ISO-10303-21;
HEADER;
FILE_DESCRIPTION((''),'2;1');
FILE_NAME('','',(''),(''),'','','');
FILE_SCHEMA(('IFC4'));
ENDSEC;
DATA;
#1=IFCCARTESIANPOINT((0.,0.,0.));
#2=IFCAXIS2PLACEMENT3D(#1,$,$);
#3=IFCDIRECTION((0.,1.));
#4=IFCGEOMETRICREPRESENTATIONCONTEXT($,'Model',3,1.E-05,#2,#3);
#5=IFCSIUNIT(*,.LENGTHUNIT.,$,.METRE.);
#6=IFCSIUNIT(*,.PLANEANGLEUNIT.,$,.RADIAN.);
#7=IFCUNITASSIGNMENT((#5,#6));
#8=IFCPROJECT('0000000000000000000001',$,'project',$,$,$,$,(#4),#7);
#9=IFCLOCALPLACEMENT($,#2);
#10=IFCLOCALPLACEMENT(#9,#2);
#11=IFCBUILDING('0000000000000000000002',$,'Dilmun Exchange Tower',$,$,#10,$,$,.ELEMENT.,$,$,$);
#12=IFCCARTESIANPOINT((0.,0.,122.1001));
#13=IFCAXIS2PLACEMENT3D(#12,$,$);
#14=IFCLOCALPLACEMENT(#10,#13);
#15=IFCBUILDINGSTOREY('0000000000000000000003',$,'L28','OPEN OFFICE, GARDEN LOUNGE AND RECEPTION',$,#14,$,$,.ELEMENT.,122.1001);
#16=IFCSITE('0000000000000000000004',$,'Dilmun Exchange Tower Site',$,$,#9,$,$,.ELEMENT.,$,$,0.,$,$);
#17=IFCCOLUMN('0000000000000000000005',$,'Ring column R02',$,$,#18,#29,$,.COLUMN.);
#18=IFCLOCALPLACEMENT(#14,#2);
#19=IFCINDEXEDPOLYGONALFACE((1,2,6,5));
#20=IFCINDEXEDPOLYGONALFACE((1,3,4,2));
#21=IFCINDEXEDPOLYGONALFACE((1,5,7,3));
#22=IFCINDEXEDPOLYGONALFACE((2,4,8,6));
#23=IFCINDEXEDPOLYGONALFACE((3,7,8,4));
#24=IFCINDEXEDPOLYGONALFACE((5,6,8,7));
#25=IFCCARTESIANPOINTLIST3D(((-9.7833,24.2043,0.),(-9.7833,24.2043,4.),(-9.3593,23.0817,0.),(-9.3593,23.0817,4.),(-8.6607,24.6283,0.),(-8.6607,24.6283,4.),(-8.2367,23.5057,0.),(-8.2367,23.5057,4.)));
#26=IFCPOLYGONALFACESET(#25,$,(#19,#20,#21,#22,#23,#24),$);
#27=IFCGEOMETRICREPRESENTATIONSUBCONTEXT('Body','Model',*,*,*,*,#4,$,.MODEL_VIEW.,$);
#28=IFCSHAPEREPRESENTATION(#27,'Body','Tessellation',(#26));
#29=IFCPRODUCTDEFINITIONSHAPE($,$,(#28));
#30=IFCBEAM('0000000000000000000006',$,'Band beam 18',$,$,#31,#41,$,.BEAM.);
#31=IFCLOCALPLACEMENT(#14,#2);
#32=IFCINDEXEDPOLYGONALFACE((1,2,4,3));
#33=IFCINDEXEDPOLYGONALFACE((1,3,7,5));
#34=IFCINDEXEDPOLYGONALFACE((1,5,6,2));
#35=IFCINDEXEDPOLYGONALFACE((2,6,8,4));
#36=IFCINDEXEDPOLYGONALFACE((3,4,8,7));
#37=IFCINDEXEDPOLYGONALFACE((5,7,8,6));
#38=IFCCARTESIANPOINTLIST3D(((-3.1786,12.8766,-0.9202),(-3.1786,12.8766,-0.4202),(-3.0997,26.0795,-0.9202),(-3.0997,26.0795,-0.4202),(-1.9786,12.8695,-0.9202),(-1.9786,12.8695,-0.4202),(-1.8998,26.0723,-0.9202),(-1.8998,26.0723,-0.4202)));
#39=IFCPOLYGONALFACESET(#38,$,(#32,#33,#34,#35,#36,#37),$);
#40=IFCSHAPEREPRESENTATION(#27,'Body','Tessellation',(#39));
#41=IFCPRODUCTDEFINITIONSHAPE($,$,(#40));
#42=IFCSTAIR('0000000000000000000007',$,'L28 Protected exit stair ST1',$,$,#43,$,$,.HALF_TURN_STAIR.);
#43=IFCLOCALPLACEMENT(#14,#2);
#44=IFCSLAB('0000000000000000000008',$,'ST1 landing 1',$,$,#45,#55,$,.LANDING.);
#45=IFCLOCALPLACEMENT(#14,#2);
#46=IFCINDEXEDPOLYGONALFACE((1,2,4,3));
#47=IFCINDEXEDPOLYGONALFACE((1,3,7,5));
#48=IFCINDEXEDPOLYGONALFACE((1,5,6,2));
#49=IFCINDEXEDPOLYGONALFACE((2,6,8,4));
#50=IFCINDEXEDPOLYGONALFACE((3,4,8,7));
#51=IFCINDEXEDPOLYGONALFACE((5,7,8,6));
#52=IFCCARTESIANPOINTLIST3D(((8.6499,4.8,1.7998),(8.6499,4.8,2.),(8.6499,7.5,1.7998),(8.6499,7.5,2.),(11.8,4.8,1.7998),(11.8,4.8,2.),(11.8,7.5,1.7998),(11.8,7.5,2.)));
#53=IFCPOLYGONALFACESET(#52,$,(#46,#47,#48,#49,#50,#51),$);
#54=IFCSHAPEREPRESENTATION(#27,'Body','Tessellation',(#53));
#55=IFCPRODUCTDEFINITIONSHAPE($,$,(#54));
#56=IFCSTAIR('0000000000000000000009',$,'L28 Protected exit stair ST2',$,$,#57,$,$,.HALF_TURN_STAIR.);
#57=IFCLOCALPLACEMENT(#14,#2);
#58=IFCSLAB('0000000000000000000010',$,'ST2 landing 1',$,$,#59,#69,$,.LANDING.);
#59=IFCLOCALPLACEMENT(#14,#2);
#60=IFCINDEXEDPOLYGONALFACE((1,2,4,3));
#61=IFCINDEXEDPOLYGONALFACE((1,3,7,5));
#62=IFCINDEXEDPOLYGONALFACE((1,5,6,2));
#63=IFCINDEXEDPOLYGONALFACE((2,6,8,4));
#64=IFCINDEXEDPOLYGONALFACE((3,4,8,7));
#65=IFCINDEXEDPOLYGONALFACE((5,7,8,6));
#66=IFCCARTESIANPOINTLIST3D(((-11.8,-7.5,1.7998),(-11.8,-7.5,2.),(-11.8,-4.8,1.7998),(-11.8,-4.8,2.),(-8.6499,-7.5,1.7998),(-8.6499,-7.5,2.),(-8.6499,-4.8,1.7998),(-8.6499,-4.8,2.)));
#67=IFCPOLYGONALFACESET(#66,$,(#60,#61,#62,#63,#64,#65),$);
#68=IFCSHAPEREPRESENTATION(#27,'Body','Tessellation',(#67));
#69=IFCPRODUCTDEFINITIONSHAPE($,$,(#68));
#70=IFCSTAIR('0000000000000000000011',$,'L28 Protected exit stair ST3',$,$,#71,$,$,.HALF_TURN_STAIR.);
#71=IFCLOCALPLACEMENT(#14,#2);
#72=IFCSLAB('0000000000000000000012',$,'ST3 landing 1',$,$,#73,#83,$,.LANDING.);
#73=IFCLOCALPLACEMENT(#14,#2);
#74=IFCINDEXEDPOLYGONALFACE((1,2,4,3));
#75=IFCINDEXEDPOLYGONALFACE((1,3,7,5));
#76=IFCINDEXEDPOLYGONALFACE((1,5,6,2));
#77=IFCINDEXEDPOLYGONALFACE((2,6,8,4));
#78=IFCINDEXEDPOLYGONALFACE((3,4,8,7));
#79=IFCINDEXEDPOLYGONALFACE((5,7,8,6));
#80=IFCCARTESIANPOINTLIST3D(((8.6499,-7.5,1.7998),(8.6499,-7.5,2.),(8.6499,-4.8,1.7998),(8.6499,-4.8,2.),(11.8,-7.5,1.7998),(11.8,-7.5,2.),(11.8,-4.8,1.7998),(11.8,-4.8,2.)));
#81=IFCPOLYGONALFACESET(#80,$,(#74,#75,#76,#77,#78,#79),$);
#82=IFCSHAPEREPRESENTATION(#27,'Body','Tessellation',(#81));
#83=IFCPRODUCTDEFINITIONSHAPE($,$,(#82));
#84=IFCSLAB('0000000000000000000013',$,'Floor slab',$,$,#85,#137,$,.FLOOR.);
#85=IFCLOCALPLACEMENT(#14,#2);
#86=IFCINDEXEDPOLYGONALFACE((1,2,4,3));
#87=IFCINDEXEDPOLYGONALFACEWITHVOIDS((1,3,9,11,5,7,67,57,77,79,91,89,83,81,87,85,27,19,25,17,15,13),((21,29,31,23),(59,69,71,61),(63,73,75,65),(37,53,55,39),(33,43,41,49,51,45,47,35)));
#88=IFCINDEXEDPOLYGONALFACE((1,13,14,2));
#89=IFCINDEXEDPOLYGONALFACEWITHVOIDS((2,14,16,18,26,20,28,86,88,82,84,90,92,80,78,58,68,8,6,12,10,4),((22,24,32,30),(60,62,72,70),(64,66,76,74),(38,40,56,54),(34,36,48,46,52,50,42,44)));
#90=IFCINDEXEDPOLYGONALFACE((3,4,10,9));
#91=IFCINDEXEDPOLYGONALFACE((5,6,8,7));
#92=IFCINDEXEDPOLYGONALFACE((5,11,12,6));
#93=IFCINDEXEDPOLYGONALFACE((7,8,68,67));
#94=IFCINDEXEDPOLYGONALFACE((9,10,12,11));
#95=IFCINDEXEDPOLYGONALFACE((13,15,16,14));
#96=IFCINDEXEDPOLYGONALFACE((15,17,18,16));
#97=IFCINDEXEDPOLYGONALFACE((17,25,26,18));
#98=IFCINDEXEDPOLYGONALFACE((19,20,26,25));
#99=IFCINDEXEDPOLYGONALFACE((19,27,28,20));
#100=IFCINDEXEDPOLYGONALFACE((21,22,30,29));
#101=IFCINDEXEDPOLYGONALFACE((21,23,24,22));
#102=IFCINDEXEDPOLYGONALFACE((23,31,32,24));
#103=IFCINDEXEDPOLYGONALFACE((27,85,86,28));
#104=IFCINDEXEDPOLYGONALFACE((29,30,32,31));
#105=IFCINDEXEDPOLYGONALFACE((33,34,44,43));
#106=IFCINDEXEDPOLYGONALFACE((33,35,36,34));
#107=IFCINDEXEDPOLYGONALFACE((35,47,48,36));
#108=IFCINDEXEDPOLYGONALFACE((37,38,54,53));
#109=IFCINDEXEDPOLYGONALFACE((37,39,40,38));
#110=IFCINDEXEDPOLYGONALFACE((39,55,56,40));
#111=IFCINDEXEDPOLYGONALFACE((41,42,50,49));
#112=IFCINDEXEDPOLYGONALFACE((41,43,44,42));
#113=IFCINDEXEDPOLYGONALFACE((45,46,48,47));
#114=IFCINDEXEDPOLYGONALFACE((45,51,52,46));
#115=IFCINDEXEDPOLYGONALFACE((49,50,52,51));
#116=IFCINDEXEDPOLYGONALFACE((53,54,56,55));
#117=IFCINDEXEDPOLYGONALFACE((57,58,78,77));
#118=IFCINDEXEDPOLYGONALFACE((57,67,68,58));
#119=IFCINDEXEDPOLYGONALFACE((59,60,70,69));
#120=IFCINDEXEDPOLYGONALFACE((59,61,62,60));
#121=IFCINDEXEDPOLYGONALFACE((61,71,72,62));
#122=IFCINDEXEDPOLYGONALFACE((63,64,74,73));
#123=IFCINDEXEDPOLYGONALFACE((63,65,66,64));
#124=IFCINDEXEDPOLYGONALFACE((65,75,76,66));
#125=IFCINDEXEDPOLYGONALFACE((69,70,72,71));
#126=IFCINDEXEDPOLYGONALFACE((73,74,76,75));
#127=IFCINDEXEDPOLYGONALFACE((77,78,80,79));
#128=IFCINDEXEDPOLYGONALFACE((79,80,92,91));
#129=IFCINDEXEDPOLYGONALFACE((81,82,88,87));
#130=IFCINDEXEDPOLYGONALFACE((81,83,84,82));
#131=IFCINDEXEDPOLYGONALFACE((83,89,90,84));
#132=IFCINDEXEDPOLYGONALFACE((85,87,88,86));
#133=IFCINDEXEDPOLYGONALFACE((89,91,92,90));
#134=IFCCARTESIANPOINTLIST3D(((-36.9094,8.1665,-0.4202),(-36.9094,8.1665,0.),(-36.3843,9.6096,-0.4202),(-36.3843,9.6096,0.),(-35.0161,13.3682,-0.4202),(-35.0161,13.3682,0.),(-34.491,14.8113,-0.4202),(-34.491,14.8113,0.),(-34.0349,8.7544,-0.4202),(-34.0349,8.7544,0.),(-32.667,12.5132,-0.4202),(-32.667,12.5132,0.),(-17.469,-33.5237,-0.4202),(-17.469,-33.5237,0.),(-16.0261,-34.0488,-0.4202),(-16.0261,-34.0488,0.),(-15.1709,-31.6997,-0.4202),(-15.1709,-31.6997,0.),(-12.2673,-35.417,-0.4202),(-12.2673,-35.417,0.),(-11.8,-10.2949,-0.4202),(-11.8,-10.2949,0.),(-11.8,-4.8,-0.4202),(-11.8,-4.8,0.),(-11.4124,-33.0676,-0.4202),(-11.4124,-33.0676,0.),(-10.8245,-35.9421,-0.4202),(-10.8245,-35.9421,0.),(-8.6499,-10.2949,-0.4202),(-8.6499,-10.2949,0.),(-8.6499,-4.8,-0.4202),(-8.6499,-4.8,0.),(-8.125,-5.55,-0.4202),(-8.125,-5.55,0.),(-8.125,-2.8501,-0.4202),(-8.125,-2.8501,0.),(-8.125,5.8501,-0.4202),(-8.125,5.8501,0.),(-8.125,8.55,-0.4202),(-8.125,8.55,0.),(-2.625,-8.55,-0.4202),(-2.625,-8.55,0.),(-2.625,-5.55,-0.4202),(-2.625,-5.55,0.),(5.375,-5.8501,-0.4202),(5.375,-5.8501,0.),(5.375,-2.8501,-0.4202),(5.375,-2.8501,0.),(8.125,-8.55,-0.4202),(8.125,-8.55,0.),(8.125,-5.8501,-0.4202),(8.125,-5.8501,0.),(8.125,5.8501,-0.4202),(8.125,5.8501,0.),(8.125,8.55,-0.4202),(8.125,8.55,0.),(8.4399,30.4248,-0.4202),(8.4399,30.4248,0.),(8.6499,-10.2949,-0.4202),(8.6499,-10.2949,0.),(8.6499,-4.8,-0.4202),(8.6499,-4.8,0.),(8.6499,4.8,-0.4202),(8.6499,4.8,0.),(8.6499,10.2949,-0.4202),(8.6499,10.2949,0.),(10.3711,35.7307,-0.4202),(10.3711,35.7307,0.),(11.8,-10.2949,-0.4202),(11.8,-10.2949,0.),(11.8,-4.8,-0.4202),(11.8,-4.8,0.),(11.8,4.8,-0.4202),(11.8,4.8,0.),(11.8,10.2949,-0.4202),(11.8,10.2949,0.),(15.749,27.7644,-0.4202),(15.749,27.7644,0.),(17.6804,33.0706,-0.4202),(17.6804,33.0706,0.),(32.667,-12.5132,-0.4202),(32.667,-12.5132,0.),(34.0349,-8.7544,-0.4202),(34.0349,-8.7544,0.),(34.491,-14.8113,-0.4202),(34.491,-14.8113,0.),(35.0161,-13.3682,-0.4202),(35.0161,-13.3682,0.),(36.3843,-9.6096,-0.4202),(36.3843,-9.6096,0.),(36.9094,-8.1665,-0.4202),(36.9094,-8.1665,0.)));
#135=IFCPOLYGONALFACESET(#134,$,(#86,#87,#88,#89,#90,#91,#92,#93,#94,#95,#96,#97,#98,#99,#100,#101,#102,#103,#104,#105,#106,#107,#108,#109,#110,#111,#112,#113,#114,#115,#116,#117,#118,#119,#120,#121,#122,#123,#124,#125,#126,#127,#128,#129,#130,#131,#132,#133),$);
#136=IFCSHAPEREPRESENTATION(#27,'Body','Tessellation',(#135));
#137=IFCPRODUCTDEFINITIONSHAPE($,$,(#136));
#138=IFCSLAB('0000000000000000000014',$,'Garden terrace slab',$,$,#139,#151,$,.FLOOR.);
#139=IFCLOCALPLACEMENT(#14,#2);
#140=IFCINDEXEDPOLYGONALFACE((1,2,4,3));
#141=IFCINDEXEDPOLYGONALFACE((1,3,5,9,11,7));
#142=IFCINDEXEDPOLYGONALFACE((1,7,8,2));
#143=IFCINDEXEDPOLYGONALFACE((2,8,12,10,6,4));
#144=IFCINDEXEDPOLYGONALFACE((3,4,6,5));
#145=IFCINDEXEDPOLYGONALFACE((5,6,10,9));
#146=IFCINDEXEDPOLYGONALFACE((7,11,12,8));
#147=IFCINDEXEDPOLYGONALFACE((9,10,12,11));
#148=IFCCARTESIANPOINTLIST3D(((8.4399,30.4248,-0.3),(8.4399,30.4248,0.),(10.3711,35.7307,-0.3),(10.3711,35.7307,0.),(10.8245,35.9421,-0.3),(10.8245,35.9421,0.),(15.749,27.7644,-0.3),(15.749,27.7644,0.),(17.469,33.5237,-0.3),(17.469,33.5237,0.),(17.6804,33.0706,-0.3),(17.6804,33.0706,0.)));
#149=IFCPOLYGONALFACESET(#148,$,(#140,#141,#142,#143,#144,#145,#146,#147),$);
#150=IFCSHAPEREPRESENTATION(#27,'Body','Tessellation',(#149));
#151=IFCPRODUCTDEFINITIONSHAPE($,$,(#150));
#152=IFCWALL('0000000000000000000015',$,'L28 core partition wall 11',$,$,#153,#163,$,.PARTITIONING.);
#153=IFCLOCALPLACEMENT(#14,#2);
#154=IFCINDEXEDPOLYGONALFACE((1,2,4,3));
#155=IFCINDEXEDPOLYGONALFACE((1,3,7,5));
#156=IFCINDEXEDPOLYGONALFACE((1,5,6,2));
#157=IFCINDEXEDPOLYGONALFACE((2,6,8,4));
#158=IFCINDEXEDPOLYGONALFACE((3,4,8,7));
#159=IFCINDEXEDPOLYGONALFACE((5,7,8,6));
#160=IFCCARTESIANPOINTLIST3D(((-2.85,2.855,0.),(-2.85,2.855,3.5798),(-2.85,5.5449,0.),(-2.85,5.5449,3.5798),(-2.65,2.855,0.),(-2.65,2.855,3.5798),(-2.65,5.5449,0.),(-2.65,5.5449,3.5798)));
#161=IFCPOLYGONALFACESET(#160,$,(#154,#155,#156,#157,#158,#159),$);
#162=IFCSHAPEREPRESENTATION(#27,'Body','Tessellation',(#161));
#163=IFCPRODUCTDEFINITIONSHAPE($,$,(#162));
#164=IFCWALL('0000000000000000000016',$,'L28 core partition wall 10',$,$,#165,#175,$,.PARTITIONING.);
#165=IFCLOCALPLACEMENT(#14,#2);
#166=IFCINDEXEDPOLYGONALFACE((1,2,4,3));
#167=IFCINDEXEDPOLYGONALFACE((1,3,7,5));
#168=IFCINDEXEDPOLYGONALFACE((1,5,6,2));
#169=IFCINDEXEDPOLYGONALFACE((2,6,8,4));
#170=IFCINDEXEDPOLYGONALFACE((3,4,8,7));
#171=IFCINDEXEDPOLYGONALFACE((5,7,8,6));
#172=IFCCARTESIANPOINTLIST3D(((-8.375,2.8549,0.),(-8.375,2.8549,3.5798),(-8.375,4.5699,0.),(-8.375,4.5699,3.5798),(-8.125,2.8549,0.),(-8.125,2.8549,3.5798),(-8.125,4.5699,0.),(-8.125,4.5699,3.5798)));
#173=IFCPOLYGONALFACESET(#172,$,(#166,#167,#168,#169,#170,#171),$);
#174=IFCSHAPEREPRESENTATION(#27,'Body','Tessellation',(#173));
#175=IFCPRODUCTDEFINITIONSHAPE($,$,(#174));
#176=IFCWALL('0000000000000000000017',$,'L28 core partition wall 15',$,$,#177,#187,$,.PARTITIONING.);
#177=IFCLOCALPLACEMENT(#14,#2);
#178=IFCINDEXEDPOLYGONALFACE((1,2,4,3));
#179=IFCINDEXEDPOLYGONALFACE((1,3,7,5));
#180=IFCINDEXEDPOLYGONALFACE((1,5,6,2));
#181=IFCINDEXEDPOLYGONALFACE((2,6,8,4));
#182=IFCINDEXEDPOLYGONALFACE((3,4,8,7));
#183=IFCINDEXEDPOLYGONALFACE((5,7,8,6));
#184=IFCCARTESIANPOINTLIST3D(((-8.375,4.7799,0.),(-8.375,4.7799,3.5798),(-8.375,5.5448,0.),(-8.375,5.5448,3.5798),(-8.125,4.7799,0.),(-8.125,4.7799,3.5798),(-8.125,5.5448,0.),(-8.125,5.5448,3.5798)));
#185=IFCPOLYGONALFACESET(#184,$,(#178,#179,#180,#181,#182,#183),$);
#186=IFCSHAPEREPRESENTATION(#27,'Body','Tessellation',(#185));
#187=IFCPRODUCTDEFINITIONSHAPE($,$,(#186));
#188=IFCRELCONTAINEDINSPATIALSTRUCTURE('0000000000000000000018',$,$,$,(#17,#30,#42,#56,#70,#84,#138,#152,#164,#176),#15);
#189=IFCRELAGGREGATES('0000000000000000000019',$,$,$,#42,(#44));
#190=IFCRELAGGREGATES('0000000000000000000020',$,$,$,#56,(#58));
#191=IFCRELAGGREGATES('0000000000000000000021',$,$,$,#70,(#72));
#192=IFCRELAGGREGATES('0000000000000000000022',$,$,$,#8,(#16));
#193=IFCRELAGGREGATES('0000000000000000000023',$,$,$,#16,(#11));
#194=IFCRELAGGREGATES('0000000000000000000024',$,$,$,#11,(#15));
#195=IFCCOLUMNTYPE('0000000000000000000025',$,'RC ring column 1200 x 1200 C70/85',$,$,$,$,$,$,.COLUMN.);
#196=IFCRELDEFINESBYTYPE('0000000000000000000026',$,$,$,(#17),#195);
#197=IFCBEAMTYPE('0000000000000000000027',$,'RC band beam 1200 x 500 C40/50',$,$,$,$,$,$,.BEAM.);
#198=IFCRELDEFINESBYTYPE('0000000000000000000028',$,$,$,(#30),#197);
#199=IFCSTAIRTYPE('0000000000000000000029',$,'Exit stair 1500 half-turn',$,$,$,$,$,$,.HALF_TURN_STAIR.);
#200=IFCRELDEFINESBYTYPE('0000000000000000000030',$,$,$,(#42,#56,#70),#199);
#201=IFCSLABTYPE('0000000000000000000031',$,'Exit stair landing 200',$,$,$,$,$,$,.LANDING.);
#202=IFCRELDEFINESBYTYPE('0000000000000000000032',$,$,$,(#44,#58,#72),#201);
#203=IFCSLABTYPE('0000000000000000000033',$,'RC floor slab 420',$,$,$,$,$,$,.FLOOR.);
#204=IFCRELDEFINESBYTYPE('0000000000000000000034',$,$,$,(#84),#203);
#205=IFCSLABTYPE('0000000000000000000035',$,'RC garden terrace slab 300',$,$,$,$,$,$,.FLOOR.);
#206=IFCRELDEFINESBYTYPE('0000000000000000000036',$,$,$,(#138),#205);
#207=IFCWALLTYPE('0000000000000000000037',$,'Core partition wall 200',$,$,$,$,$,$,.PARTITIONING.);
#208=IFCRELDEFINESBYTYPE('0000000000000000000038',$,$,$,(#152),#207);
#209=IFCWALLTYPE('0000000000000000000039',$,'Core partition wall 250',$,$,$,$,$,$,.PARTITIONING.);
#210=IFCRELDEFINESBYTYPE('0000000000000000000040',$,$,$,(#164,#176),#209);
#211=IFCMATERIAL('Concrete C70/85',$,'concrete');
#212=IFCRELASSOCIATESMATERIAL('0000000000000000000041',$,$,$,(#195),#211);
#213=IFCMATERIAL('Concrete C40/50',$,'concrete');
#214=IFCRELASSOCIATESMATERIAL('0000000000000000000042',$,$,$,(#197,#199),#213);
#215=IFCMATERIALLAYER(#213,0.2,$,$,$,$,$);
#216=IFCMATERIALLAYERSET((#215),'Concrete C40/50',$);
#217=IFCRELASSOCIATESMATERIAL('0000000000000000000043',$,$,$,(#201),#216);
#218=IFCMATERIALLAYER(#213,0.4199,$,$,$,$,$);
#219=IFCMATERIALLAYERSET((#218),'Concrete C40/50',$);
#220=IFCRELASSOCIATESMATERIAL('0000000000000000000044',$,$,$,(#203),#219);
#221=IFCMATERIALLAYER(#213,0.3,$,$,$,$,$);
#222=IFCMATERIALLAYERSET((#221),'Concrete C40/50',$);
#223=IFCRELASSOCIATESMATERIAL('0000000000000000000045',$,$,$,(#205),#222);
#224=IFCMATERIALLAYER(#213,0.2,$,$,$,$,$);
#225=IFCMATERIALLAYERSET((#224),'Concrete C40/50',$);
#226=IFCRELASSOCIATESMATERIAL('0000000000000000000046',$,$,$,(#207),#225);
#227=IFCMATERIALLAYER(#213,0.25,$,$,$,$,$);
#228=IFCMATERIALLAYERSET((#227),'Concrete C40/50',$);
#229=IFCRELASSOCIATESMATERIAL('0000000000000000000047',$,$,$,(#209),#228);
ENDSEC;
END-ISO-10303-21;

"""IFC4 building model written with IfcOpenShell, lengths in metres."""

from ifc_helpers import new_model, si_unit, direction, frame, frame_2d, origin, origin_2d, place, context, subcontext, project, spatial, polyline, rectangle, outline, extrude, material, layer, layer_set, material_profile, profile_set, type_object, element, aggregate, save


model = new_model("IFC4")

# Units and contexts
model_context = context("Model", 3, precision=1e-05, world=origin(), true_north=direction((0.0, 1.0)))
body_context = subcontext(model_context, "Body", "Model", "MODEL_VIEW")
ifc_project = project(units=[si_unit("LENGTHUNIT", "METRE"), si_unit("PLANEANGLEUNIT", "RADIAN")], contexts=[model_context])

# Site, building, storey
site_placement = place(None, origin())
site = spatial("IfcSite", under=ifc_project, at=site_placement, Name="Dilmun Exchange Tower Site", CompositionType="ELEMENT", RefElevation=0.0)
building_placement = place(site_placement, origin())
building = spatial("IfcBuilding", under=site, at=building_placement, Name="Dilmun Exchange Tower", CompositionType="ELEMENT")
storey_placement = place(building_placement, frame((0.0, 0.0, 122.1001)))
storey = spatial("IfcBuildingStorey", under=building, at=storey_placement, Name="L28", Description="OPEN OFFICE, GARDEN LOUNGE AND RECEPTION", CompositionType="ELEMENT", Elevation=122.1001)

# Column
ifc_material_1 = material(Name="Concrete C70/85", Category="concrete")
ifc_material_profile_1 = material_profile(ifc_material_1, rectangle(XDim=1.2, YDim=1.2, at=origin_2d()), Name="1200 x 1200")
ifc_profile_set_1 = profile_set([ifc_material_profile_1], Name="Concrete C70/85")
column_type = type_object("IfcColumnType", Name="RC ring column 1200 x 1200 C70/85", PredefinedType="COLUMN", material=ifc_profile_set_1)
column_placement = place(storey_placement, frame((-9.01, 23.855, 0.0), z_axis=(0.0, 0.0, 1.0), x_axis=(0.935492, 0.353349, 0.0)))
element("IfcColumn", 1, at=column_placement, inside=storey, type_object=column_type, Name="Ring column R02", PredefinedType="COLUMN", context=body_context, shape_type="SweptSolid", body=[
    extrude(rectangle(XDim=1.2, YDim=1.2, at=origin_2d()), origin(), (0.0, 0.0, 1.0), 4.0),
])

# Beam
ifc_material_2 = material(Name="Concrete C40/50", Category="concrete")
ifc_material_profile_2 = material_profile(ifc_material_2, rectangle(XDim=1.2, YDim=0.5, at=origin_2d()), Name="1200 x 500")
ifc_profile_set_2 = profile_set([ifc_material_profile_2], Name="Concrete C40/50")
beam_type = type_object("IfcBeamType", Name="RC band beam 1200 x 500 C40/50", PredefinedType="BEAM", material=ifc_profile_set_2)
beam_placement = place(storey_placement, frame((-2.4998, 26.0759, -0.6702), z_axis=(-0.005973, -0.999982, 0.0), x_axis=(0.999982, -0.005973, 0.0)))
element("IfcBeam", 2, at=beam_placement, inside=storey, type_object=beam_type, Name="Band beam 18", PredefinedType="BEAM", context=body_context, shape_type="SweptSolid", body=[
    extrude(rectangle(XDim=1.2, YDim=0.5, at=origin_2d()), origin(), (0.0, 0.0, 1.0), 13.2031),
])

# Stairs, slabs
stair_type = type_object("IfcStairType", Name="Exit stair 1500 half-turn", PredefinedType="HALF_TURN_STAIR", material=ifc_material_2)
stair_1_placement = place(storey_placement, origin())
stair_1 = element("IfcStair", 3, at=stair_1_placement, inside=storey, type_object=stair_type, Name="L28 Protected exit stair ST1", PredefinedType="HALF_TURN_STAIR")
ifc_layer_1 = layer(ifc_material_2, 0.2)
ifc_layer_set_1 = layer_set([ifc_layer_1], Name="Concrete C40/50")
slab_type_1 = type_object("IfcSlabType", Name="Exit stair landing 200", PredefinedType="LANDING", material=ifc_layer_set_1)
slab_1_placement = place(storey_placement, frame((0.0, 0.0, 1.7998)))
slab_1 = element("IfcSlab", 4, at=slab_1_placement, type_object=slab_type_1, Name="ST1 landing 1", PredefinedType="LANDING", context=body_context, shape_type="SweptSolid", body=[
    extrude(outline(polyline([(8.6499, 7.5), (8.6499, 4.8), (11.8, 4.8), (11.8, 7.5), (8.6499, 7.5)])), origin(), (0.0, 0.0, 1.0), 0.2002),
])
aggregate(stair_1, [slab_1])
stair_2_placement = place(storey_placement, origin())
stair_2 = element("IfcStair", 5, at=stair_2_placement, inside=storey, type_object=stair_type, Name="L28 Protected exit stair ST2", PredefinedType="HALF_TURN_STAIR")
slab_2_placement = place(storey_placement, frame((0.0, 0.0, 1.7998)))
slab_2 = element("IfcSlab", 6, at=slab_2_placement, type_object=slab_type_1, Name="ST2 landing 1", PredefinedType="LANDING", context=body_context, shape_type="SweptSolid", body=[
    extrude(outline(polyline([(-8.6499, -7.5), (-8.6499, -4.8), (-11.8, -4.8), (-11.8, -7.5), (-8.6499, -7.5)])), origin(), (0.0, 0.0, 1.0), 0.2002),
])
aggregate(stair_2, [slab_2])
stair_3_placement = place(storey_placement, origin())
stair_3 = element("IfcStair", 7, at=stair_3_placement, inside=storey, type_object=stair_type, Name="L28 Protected exit stair ST3", PredefinedType="HALF_TURN_STAIR")
slab_3_placement = place(storey_placement, frame((0.0, 0.0, 1.7998)))
slab_3 = element("IfcSlab", 8, at=slab_3_placement, type_object=slab_type_1, Name="ST3 landing 1", PredefinedType="LANDING", context=body_context, shape_type="SweptSolid", body=[
    extrude(outline(polyline([(11.8, -7.5), (11.8, -4.8), (8.6499, -4.8), (8.6499, -7.5), (11.8, -7.5)])), origin(), (0.0, 0.0, 1.0), 0.2002),
])
aggregate(stair_3, [slab_3])

# Slabs
ifc_layer_2 = layer(ifc_material_2, 0.4199)
ifc_layer_set_2 = layer_set([ifc_layer_2], Name="Concrete C40/50")
slab_type_2 = type_object("IfcSlabType", Name="RC floor slab 420", PredefinedType="FLOOR", material=ifc_layer_set_2)
slab_4_placement = place(storey_placement, frame((0.0, 0.0, -0.4202)))
element("IfcSlab", 9, at=slab_4_placement, inside=storey, type_object=slab_type_2, Name="Floor slab", PredefinedType="FLOOR", context=body_context, shape_type="SweptSolid", body=[
    extrude(outline(polyline([(36.3843, -9.6096), (34.0349, -8.7544), (32.667, -12.5132), (35.0161, -13.3682), (34.491, -14.8113), (-10.8245, -35.9421), (-12.2673, -35.417), (-11.4124, -33.0676), (-15.1709, -31.6997), (-16.0261, -34.0488), (-17.469, -33.5237), (-36.9094, 8.1665), (-36.3843, 9.6096), (-34.0349, 8.7544), (-32.667, 12.5132), (-35.0161, 13.3682), (-34.491, 14.8113), (10.3711, 35.7307), (8.4399, 30.4248), (15.749, 27.7644), (17.6804, 33.0706), (36.9094, -8.1665), (36.3843, -9.6096)]), holes=[polyline([(-8.6499, -4.8), (-11.8, -4.8), (-11.8, -10.2949), (-8.6499, -10.2949), (-8.6499, -4.8)]), polyline([(11.8, -4.8), (8.6499, -4.8), (8.6499, -10.2949), (11.8, -10.2949), (11.8, -4.8)]), polyline([(-8.125, -2.8501), (-8.125, -5.55), (-2.625, -5.55), (-2.625, -8.55), (8.125, -8.55), (8.125, -5.8501), (5.375, -5.8501), (5.375, -2.8501), (-8.125, -2.8501)]), polyline([(-8.125, 5.8501), (8.125, 5.8501), (8.125, 8.55), (-8.125, 8.55), (-8.125, 5.8501)]), polyline([(8.6499, 10.2949), (8.6499, 4.8), (11.8, 4.8), (11.8, 10.2949), (8.6499, 10.2949)])]), origin(), (0.0, 0.0, 1.0), 0.4202),
])
ifc_layer_3 = layer(ifc_material_2, 0.3)
ifc_layer_set_3 = layer_set([ifc_layer_3], Name="Concrete C40/50")
slab_type_3 = type_object("IfcSlabType", Name="RC garden terrace slab 300", PredefinedType="FLOOR", material=ifc_layer_set_3)
slab_5_placement = place(storey_placement, frame((0.0, 0.0, -0.3)))
element("IfcSlab", 10, at=slab_5_placement, inside=storey, type_object=slab_type_3, Name="Garden terrace slab", PredefinedType="FLOOR", context=body_context, shape_type="SweptSolid", body=[
    extrude(outline(polyline([(8.4399, 30.4248), (10.3711, 35.7307), (10.8245, 35.9421), (17.469, 33.5237), (17.6804, 33.0706), (15.749, 27.7644), (8.4399, 30.4248)])), origin(), (0.0, 0.0, 1.0), 0.3),
])

# Walls
ifc_layer_4 = layer(ifc_material_2, 0.2)
ifc_layer_set_4 = layer_set([ifc_layer_4], Name="Concrete C40/50")
wall_type_1 = type_object("IfcWallType", Name="Core partition wall 200", PredefinedType="PARTITIONING", material=ifc_layer_set_4)
wall_1_placement = place(storey_placement, frame((-2.75, 2.855, 0.0), z_axis=(0.0, 0.0, 1.0), x_axis=(0.0, 1.0, 0.0)))
element("IfcWall", 11, at=wall_1_placement, inside=storey, type_object=wall_type_1, Name="L28 core partition wall 11", PredefinedType="PARTITIONING", context=body_context, shape_type="SweptSolid", body=[
    extrude(rectangle(XDim=2.6899, YDim=0.2, at=frame_2d((1.345, 0.0))), origin(), (0.0, 0.0, 1.0), 3.5798),
])
ifc_layer_5 = layer(ifc_material_2, 0.25)
ifc_layer_set_5 = layer_set([ifc_layer_5], Name="Concrete C40/50")
wall_type_2 = type_object("IfcWallType", Name="Core partition wall 250", PredefinedType="PARTITIONING", material=ifc_layer_set_5)
wall_2_placement = place(storey_placement, frame((-8.25, 2.855, 0.0), z_axis=(0.0, 0.0, 1.0), x_axis=(0.0, 1.0, 0.0)))
element("IfcWall", 12, at=wall_2_placement, inside=storey, type_object=wall_type_2, Name="L28 core partition wall 10", PredefinedType="PARTITIONING", context=body_context, shape_type="SweptSolid", body=[
    extrude(rectangle(XDim=1.7151, YDim=0.25, at=frame_2d((0.8574, 0.0))), origin(), (0.0, 0.0, 1.0), 3.5798),
])
wall_3_placement = place(storey_placement, frame((-8.25, 4.78, 0.0), z_axis=(0.0, 0.0, 1.0), x_axis=(0.0, 1.0, 0.0)))
element("IfcWall", 13, at=wall_3_placement, inside=storey, type_object=wall_type_2, Name="L28 core partition wall 15", PredefinedType="PARTITIONING", context=body_context, shape_type="SweptSolid", body=[
    extrude(rectangle(XDim=0.7649, YDim=0.25, at=frame_2d((0.3823, 0.0))), origin(), (0.0, 0.0, 1.0), 3.5798),
])

save(model, "model.ifc")
